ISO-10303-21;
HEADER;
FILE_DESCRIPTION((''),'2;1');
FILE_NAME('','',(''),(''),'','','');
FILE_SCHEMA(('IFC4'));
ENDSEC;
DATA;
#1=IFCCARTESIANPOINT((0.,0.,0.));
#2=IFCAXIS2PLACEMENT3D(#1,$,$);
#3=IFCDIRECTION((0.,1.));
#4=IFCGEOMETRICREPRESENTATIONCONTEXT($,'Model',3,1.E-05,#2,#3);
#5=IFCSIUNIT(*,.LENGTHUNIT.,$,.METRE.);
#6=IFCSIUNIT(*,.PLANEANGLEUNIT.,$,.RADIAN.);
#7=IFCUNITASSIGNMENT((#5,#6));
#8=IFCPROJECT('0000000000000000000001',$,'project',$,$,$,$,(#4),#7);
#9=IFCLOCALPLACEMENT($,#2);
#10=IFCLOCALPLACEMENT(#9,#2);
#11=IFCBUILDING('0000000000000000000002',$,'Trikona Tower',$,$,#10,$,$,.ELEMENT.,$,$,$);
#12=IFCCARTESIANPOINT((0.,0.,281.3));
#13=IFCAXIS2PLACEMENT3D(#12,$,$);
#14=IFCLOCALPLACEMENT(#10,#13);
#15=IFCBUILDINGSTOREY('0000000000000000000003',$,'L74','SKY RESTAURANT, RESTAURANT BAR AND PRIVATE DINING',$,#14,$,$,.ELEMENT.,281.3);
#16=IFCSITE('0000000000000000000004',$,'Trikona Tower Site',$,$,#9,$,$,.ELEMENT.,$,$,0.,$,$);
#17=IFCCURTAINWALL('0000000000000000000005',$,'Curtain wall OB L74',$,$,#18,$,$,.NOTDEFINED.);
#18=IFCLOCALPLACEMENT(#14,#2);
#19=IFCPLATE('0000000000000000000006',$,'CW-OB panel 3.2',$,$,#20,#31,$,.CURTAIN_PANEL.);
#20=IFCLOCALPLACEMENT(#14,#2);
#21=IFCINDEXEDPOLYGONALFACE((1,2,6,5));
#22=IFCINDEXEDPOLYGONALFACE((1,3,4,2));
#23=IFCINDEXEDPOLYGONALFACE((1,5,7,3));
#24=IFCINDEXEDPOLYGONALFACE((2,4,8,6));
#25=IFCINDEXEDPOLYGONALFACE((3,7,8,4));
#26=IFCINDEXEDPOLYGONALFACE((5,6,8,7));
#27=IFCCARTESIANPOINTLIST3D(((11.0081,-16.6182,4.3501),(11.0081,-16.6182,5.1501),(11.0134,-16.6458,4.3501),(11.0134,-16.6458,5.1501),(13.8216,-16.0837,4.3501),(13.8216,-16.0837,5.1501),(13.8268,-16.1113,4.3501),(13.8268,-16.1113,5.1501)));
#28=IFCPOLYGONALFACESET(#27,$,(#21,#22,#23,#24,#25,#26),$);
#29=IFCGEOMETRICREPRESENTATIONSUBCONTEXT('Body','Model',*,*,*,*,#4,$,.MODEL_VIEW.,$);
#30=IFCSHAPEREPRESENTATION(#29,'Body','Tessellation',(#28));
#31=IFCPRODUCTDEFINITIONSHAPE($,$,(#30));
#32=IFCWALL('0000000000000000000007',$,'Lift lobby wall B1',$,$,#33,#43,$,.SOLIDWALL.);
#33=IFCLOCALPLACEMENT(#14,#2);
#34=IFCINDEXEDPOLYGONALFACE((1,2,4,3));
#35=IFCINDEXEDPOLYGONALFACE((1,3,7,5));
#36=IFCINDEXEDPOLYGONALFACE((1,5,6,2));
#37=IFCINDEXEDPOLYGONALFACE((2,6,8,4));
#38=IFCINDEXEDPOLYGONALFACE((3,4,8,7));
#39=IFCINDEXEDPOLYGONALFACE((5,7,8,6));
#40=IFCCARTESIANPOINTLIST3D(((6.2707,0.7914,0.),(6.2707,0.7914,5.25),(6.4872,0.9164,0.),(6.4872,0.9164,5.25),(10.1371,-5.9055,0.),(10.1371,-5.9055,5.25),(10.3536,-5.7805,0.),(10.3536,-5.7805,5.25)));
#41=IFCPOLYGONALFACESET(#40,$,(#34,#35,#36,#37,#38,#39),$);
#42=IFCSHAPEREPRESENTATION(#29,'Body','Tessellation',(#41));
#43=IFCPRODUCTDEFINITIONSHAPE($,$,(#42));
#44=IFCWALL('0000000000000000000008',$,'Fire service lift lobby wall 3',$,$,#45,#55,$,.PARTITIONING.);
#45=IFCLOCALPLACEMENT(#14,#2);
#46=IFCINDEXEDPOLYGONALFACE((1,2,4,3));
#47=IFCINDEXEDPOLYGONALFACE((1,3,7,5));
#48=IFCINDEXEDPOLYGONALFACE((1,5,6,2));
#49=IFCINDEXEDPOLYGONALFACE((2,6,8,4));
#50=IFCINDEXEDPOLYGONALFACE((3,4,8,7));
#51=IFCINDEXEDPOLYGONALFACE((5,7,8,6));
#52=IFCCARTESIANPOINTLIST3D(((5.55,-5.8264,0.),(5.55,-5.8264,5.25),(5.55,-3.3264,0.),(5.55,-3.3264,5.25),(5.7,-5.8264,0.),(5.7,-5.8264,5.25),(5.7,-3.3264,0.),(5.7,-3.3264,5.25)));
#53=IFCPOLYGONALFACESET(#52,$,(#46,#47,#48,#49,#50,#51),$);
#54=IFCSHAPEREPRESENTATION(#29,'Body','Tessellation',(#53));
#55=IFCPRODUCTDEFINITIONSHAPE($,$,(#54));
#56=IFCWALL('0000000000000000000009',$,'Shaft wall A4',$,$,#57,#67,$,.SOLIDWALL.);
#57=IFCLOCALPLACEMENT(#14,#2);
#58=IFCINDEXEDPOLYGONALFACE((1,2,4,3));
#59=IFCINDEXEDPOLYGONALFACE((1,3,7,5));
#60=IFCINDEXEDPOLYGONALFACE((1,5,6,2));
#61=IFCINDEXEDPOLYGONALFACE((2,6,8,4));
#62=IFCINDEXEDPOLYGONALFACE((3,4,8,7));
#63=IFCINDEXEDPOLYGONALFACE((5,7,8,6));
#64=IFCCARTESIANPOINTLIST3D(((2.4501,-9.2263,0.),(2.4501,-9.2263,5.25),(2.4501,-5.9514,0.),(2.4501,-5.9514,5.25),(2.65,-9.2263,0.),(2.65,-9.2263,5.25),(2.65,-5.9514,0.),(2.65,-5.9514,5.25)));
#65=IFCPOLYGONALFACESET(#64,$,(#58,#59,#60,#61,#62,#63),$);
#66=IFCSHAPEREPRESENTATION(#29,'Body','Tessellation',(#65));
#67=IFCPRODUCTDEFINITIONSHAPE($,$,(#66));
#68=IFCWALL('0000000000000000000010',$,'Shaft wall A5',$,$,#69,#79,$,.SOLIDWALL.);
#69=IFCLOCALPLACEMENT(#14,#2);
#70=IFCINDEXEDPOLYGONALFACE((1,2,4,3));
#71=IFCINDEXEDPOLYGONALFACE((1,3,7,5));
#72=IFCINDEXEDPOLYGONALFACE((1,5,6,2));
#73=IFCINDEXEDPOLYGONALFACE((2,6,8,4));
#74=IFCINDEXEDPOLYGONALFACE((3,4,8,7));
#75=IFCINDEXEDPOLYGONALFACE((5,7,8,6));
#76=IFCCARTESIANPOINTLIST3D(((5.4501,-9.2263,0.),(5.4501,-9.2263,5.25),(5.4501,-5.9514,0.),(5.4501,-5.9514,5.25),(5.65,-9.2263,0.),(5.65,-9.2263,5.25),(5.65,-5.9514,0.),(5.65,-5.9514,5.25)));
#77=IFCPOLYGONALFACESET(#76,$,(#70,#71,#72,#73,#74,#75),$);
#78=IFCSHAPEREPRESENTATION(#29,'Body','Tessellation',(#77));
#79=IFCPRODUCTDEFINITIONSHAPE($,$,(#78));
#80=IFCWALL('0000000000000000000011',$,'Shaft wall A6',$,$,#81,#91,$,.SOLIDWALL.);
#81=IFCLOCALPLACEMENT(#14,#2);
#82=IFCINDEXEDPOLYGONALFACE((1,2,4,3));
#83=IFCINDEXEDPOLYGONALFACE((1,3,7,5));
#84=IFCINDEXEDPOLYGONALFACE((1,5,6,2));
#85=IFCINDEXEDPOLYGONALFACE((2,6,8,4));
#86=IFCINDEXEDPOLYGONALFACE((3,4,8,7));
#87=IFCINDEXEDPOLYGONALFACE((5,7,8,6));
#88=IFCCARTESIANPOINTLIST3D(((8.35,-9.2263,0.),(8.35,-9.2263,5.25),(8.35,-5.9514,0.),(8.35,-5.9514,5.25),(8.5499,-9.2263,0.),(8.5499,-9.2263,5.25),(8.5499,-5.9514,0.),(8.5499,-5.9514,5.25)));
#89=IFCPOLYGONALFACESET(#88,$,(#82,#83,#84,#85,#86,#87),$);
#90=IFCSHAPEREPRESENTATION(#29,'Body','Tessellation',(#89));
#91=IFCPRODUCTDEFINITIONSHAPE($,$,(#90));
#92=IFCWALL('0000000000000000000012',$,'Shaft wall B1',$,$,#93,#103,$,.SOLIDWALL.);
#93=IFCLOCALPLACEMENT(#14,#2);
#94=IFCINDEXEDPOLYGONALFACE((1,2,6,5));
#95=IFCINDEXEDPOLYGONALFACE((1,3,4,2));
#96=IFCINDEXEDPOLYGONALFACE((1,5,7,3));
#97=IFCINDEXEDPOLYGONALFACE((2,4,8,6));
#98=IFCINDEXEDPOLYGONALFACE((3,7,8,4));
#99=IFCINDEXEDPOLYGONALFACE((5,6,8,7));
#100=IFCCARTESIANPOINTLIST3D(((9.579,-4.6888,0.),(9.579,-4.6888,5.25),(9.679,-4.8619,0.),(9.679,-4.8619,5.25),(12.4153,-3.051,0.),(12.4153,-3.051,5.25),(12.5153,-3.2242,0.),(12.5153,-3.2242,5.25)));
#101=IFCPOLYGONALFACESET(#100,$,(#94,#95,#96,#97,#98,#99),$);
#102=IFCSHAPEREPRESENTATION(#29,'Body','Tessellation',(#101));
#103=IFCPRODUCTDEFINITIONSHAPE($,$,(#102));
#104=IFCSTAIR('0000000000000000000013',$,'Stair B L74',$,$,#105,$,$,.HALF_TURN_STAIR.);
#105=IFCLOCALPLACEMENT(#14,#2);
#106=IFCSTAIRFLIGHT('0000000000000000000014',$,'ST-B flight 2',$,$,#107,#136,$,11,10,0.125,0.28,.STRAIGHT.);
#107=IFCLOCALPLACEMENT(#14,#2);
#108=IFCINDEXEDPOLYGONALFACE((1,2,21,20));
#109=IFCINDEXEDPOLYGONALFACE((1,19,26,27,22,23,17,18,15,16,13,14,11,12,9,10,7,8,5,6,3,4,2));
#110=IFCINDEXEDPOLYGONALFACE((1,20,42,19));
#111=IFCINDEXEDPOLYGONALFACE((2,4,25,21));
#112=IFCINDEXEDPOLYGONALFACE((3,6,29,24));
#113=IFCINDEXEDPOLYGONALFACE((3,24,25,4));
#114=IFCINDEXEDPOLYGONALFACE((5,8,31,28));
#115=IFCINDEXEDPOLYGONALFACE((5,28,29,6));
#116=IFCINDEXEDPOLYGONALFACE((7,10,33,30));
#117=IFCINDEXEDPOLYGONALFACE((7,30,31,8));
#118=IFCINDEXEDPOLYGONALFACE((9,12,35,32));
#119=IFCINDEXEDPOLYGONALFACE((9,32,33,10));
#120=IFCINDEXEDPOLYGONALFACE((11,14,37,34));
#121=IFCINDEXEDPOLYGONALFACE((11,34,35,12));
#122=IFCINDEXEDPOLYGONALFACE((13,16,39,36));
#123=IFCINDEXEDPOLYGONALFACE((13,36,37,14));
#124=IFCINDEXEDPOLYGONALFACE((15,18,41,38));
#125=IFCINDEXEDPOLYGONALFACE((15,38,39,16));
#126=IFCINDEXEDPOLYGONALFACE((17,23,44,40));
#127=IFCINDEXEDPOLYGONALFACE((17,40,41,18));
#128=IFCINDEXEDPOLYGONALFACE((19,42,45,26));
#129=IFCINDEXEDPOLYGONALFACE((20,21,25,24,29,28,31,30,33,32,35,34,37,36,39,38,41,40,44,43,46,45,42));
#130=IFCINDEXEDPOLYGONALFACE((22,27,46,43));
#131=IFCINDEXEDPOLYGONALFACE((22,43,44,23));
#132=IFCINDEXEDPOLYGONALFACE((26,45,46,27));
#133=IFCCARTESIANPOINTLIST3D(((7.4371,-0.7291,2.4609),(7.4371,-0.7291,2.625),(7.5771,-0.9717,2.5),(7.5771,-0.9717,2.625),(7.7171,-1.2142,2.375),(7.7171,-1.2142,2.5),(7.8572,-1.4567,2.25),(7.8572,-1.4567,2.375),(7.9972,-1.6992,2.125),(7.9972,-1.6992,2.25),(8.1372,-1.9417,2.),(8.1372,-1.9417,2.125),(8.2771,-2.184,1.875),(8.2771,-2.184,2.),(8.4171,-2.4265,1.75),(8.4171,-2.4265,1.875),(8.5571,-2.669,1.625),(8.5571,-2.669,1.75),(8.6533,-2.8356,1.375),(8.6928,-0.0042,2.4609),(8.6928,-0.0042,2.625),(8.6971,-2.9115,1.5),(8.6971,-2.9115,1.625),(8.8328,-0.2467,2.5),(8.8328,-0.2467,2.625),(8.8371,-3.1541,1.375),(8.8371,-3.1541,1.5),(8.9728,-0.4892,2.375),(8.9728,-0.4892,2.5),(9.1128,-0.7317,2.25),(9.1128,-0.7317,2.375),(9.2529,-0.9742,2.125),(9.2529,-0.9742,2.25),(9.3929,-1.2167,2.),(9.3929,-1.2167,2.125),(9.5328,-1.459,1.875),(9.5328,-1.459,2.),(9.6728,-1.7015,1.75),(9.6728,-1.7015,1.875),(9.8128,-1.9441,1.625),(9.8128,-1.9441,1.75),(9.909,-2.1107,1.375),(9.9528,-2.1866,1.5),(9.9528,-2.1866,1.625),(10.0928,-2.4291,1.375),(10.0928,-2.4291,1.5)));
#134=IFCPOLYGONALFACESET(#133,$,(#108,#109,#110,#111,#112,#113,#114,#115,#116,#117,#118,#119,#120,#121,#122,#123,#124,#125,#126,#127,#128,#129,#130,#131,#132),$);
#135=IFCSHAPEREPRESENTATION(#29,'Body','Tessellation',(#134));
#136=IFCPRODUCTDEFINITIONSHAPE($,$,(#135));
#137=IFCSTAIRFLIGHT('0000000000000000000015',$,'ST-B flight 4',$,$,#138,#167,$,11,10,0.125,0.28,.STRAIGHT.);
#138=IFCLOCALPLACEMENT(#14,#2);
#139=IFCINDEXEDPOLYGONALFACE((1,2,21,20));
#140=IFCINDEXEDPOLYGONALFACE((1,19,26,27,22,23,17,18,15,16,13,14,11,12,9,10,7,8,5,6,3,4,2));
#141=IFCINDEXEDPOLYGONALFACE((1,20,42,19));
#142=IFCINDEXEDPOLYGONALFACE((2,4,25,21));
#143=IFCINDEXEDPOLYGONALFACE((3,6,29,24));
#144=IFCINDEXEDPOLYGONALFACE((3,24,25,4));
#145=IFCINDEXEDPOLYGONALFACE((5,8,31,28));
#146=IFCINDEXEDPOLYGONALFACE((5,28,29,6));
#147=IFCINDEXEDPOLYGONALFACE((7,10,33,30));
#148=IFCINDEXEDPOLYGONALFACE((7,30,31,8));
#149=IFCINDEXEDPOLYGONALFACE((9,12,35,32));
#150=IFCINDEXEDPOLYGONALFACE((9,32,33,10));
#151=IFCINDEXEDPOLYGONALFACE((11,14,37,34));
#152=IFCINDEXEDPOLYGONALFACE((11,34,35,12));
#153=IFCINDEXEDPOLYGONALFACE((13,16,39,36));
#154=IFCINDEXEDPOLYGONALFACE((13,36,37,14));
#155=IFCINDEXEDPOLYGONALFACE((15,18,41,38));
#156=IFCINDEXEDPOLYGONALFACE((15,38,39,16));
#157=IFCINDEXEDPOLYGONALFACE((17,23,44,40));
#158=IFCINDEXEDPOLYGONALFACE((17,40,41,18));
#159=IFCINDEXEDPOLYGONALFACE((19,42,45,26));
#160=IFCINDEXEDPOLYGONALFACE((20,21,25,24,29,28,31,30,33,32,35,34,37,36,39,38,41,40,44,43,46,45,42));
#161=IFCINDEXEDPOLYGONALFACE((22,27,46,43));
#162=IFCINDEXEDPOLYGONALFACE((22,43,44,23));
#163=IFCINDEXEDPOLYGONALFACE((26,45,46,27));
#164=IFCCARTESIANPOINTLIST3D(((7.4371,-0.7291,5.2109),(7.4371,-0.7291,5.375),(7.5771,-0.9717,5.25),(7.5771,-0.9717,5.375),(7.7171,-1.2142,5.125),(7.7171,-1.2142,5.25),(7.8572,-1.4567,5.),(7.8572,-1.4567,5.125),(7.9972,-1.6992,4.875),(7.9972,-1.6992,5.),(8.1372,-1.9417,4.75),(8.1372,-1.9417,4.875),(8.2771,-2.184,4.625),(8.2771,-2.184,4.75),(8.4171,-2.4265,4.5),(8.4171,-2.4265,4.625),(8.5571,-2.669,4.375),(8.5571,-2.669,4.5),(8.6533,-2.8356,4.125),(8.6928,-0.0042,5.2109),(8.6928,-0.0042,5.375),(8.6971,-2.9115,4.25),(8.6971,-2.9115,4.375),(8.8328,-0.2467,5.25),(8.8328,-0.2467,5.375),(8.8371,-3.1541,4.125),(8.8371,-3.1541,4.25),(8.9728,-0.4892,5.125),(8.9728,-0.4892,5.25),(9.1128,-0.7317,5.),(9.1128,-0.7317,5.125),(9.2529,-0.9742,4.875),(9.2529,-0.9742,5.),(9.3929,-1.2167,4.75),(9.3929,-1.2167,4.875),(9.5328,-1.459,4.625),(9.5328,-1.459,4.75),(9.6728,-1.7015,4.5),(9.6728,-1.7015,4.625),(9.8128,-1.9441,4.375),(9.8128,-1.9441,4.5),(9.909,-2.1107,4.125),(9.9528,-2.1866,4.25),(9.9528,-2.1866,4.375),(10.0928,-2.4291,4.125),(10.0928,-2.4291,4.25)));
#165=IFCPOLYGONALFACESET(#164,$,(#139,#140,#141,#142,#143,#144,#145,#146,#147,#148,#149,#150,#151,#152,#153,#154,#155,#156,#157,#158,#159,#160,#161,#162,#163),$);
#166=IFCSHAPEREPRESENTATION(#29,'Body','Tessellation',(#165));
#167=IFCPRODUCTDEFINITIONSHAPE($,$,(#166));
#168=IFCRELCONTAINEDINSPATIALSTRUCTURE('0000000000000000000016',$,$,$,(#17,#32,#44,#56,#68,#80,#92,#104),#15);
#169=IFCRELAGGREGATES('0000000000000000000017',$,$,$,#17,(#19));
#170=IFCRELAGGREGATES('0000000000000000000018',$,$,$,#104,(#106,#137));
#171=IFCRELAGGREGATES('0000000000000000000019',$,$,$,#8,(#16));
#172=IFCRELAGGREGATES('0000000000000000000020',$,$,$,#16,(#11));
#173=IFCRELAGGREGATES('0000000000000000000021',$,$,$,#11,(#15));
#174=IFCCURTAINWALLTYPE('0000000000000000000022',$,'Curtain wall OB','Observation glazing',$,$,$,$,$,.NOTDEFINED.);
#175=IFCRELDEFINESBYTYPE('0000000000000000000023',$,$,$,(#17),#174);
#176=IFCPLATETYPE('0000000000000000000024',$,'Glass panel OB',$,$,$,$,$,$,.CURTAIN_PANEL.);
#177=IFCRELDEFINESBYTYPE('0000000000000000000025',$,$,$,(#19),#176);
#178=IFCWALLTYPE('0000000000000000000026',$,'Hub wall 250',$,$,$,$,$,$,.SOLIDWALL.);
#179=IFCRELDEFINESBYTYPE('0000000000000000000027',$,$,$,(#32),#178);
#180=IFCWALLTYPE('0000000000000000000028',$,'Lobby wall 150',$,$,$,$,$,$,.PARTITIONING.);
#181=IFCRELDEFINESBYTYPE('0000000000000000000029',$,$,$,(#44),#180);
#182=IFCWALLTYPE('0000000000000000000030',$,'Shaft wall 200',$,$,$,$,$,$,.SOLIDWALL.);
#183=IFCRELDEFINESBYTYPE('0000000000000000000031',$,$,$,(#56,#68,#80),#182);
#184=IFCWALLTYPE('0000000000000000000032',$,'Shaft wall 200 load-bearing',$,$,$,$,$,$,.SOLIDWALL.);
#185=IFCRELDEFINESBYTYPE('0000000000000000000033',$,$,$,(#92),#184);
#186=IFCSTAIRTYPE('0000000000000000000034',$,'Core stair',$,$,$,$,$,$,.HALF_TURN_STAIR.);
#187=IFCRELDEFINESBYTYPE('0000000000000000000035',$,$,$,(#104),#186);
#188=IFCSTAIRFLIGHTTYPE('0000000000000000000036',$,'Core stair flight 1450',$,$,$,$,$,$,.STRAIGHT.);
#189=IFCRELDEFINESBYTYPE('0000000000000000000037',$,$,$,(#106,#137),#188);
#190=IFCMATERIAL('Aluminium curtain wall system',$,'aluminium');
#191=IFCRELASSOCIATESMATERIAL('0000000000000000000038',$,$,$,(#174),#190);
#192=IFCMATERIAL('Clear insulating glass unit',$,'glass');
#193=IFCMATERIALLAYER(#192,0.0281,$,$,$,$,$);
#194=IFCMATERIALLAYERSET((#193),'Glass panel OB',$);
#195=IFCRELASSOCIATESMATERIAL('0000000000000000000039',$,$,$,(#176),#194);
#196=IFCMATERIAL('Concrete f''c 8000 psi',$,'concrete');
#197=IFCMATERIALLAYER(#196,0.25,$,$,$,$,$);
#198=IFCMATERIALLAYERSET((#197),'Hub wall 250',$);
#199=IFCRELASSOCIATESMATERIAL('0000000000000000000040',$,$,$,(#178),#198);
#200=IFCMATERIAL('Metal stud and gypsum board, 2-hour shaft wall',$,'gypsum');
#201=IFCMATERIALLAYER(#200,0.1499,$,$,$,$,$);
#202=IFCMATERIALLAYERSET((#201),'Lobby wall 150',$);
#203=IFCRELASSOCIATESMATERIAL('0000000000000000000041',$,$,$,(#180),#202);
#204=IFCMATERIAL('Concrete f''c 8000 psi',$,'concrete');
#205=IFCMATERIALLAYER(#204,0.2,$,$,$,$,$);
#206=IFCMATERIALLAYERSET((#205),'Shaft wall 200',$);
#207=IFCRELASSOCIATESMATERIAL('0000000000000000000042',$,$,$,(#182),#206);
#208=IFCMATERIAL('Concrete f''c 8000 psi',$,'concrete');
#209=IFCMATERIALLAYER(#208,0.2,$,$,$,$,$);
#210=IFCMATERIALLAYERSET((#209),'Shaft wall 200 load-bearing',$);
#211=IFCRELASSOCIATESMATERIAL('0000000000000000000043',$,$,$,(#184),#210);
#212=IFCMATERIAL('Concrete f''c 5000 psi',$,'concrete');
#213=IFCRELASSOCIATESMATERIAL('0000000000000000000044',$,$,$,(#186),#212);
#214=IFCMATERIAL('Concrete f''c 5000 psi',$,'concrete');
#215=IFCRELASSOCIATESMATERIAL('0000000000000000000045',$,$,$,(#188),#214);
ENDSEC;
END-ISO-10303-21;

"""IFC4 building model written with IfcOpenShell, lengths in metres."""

from ifc_helpers import new_model, si_unit, direction, frame, frame_2d, origin, origin_2d, place, context, subcontext, project, spatial, polyline, rectangle, outline, extrude, material, layer, layer_set, type_object, element, aggregate, save


model = new_model("IFC4")

# Units and contexts
model_context = context("Model", 3, precision=1e-05, world=origin(), true_north=direction((0.0, 1.0)))
body_context = subcontext(model_context, "Body", "Model", "MODEL_VIEW")
ifc_project = project(units=[si_unit("LENGTHUNIT", "METRE"), si_unit("PLANEANGLEUNIT", "RADIAN")], contexts=[model_context])

# Site, building, storey
site_placement = place(None, origin())
site = spatial("IfcSite", under=ifc_project, at=site_placement, Name="Trikona Tower Site", CompositionType="ELEMENT", RefElevation=0.0)
building_placement = place(site_placement, origin())
building = spatial("IfcBuilding", under=site, at=building_placement, Name="Trikona Tower", CompositionType="ELEMENT")
storey_placement = place(building_placement, frame((0.0, 0.0, 281.3)))
storey = spatial("IfcBuildingStorey", under=building, at=storey_placement, Name="L74", Description="SKY RESTAURANT, RESTAURANT BAR AND PRIVATE DINING", CompositionType="ELEMENT", Elevation=281.3)

# Curtain wall
ifc_material_1 = material(Name="Aluminium curtain wall system", Category="aluminium")
curtain_wall_type = type_object("IfcCurtainWallType", Name="Curtain wall OB", Description="Observation glazing", PredefinedType="NOTDEFINED", material=ifc_material_1)
curtain_wall_1_placement = place(storey_placement, origin())
curtain_wall_1 = element("IfcCurtainWall", 1, at=curtain_wall_1_placement, inside=storey, type_object=curtain_wall_type, Name="Curtain wall OB L74", PredefinedType="NOTDEFINED")

# Plate
ifc_material_2 = material(Name="Clear insulating glass unit", Category="glass")
ifc_layer_1 = layer(ifc_material_2, 0.0281)
ifc_layer_set_1 = layer_set([ifc_layer_1], Name="Glass panel OB")
plate_type = type_object("IfcPlateType", Name="Glass panel OB", PredefinedType="CURTAIN_PANEL", material=ifc_layer_set_1)
plate_1_placement = place(storey_placement, frame((12.4175, -16.3647, 4.3501), z_axis=(0.0, 0.0, 1.0), x_axis=(0.982424, 0.186661, 0.0)))
plate_1 = element("IfcPlate", 2, at=plate_1_placement, type_object=plate_type, Name="CW-OB panel 3.2", PredefinedType="CURTAIN_PANEL", context=body_context, shape_type="SweptSolid", body=[
    extrude(rectangle(XDim=2.8638, YDim=0.0281, at=origin_2d()), origin(), (0.0, 0.0, 1.0), 0.8),
])
aggregate(curtain_wall_1, [plate_1])

# Walls
ifc_material_3 = material(Name="Concrete f'c 8000 psi", Category="concrete")
ifc_layer_2 = layer(ifc_material_3, 0.25)
ifc_layer_set_2 = layer_set([ifc_layer_2], Name="Hub wall 250")
wall_type_1 = type_object("IfcWallType", Name="Hub wall 250", PredefinedType="SOLIDWALL", material=ifc_layer_set_2)
wall_1_placement = place(storey_placement, frame((10.2454, -5.843, 0.0), z_axis=(0.0, 0.0, 1.0), x_axis=(-0.499993, 0.866029, 0.0)))
element("IfcWall", 3, at=wall_1_placement, inside=storey, type_object=wall_type_1, Name="Lift lobby wall B1", PredefinedType="SOLIDWALL", context=body_context, shape_type="SweptSolid", body=[
    extrude(rectangle(XDim=7.7329, YDim=0.25, at=frame_2d((3.8665, 0.0))), origin(), (0.0, 0.0, 1.0), 5.25),
])
ifc_material_4 = material(Name="Metal stud and gypsum board, 2-hour shaft wall", Category="gypsum")
ifc_layer_3 = layer(ifc_material_4, 0.1499)
ifc_layer_set_3 = layer_set([ifc_layer_3], Name="Lobby wall 150")
wall_type_2 = type_object("IfcWallType", Name="Lobby wall 150", PredefinedType="PARTITIONING", material=ifc_layer_set_3)
wall_2_placement = place(storey_placement, frame((5.625, -5.8264, 0.0), z_axis=(0.0, 0.0, 1.0), x_axis=(0.0, 1.0, 0.0)))
element("IfcWall", 4, at=wall_2_placement, inside=storey, type_object=wall_type_2, Name="Fire service lift lobby wall 3", PredefinedType="PARTITIONING", context=body_context, shape_type="SweptSolid", body=[
    extrude(rectangle(XDim=2.5, YDim=0.1499, at=frame_2d((1.25, 0.0))), origin(), (0.0, 0.0, 1.0), 5.25),
])
ifc_material_5 = material(Name="Concrete f'c 8000 psi", Category="concrete")
ifc_layer_4 = layer(ifc_material_5, 0.2)
ifc_layer_set_4 = layer_set([ifc_layer_4], Name="Shaft wall 200")
wall_type_3 = type_object("IfcWallType", Name="Shaft wall 200", PredefinedType="SOLIDWALL", material=ifc_layer_set_4)
for number, where, z_axis, x_axis, name in (
    (5, (2.55, -5.9514, 0.0), (0.0, 0.0, 1.0), (0.0, -1.0, 0.0), "Shaft wall A4"),
    (6, (5.55, -5.9514, 0.0), (0.0, 0.0, 1.0), (0.0, -1.0, 0.0), "Shaft wall A5"),
    (7, (8.45, -5.9514, 0.0), (0.0, 0.0, 1.0), (0.0, -1.0, 0.0), "Shaft wall A6"),
):
    element("IfcWall", number, at=place(storey_placement, frame(where, z_axis=z_axis, x_axis=x_axis)), inside=storey, type_object=wall_type_3, Name=name, PredefinedType="SOLIDWALL", context=body_context, shape_type="SweptSolid", body=[
        extrude(rectangle(XDim=3.2749, YDim=0.2, at=frame_2d((1.6375, 0.0))), origin(), (0.0, 0.0, 1.0), 5.25),
    ])
ifc_material_6 = material(Name="Concrete f'c 8000 psi", Category="concrete")
ifc_layer_5 = layer(ifc_material_6, 0.2)
ifc_layer_set_5 = layer_set([ifc_layer_5], Name="Shaft wall 200 load-bearing")
wall_type_4 = type_object("IfcWallType", Name="Shaft wall 200 load-bearing", PredefinedType="SOLIDWALL", material=ifc_layer_set_5)
wall_3_placement = place(storey_placement, frame((9.6289, -4.7754, 0.0), z_axis=(0.0, 0.0, 1.0), x_axis=(0.865996, 0.500052, 0.0)))
element("IfcWall", 8, at=wall_3_placement, inside=storey, type_object=wall_type_4, Name="Shaft wall B1", PredefinedType="SOLIDWALL", context=body_context, shape_type="SweptSolid", body=[
    extrude(rectangle(XDim=3.2751, YDim=0.2, at=frame_2d((1.6377, 0.0))), origin(), (0.0, 0.0, 1.0), 5.25),
])

# Stair, stair flights
ifc_material_7 = material(Name="Concrete f'c 5000 psi", Category="concrete")
stair_type = type_object("IfcStairType", Name="Core stair", PredefinedType="HALF_TURN_STAIR", material=ifc_material_7)
stair_placement = place(storey_placement, origin())
stair = element("IfcStair", 9, at=stair_placement, inside=storey, type_object=stair_type, Name="Stair B L74", PredefinedType="HALF_TURN_STAIR")
ifc_material_8 = material(Name="Concrete f'c 5000 psi", Category="concrete")
stair_flight_type = type_object("IfcStairFlightType", Name="Core stair flight 1450", PredefinedType="STRAIGHT", material=ifc_material_8)
stair_flight_1_placement = place(storey_placement, frame((9.4651, -2.7915, 1.375), z_axis=(0.0, 0.0, 1.0), x_axis=(-0.5, 0.866025, 0.0)))
stair_flight_1 = element("IfcStairFlight", 10, at=stair_flight_1_placement, type_object=stair_flight_type, Name="ST-B flight 2", NumberOfRisers=11, NumberOfTreads=10, PredefinedType="STRAIGHT", RiserHeight=0.125, TreadLength=0.28, context=body_context, shape_type="SweptSolid", body=[
    extrude(outline(polyline([(0.0, 0.0), (0.0, 0.125), (0.28, 0.125), (0.28, 0.25), (0.5601, 0.25), (0.5601, 0.375), (0.8401, 0.375), (0.8401, 0.5), (1.1201, 0.5), (1.1201, 0.625), (1.3999, 0.625), (1.3999, 0.75), (1.6799, 0.75), (1.6799, 0.875), (1.96, 0.875), (1.96, 1.0), (2.24, 1.0), (2.24, 1.125), (2.52, 1.125), (2.52, 1.25), (2.8, 1.25), (2.8, 1.375), (2.8, 1.0859), (0.3677, 0.0), (0.0, 0.0)])), frame((0.0, 0.7251, 0.0), z_axis=(0.0, -1.0, 0.0), x_axis=(1.0, 0.0, 0.0)), (0.0, 0.0, 1.0), 1.45),
])
stair_flight_2_placement = place(storey_placement, frame((9.4651, -2.7915, 4.125), z_axis=(0.0, 0.0, 1.0), x_axis=(-0.5, 0.866025, 0.0)))
stair_flight_2 = element("IfcStairFlight", 11, at=stair_flight_2_placement, type_object=stair_flight_type, Name="ST-B flight 4", NumberOfRisers=11, NumberOfTreads=10, PredefinedType="STRAIGHT", RiserHeight=0.125, TreadLength=0.28, context=body_context, shape_type="SweptSolid", body=[
    extrude(outline(polyline([(0.0, 0.0), (0.0, 0.125), (0.28, 0.125), (0.28, 0.25), (0.5601, 0.25), (0.5601, 0.375), (0.8401, 0.375), (0.8401, 0.5), (1.1201, 0.5), (1.1201, 0.625), (1.3999, 0.625), (1.3999, 0.75), (1.6799, 0.75), (1.6799, 0.875), (1.96, 0.875), (1.96, 1.0), (2.24, 1.0), (2.24, 1.125), (2.52, 1.125), (2.52, 1.25), (2.8, 1.25), (2.8, 1.375), (2.8, 1.0859), (0.3677, 0.0), (0.0, 0.0)])), frame((0.0, 0.7251, 0.0), z_axis=(0.0, -1.0, 0.0), x_axis=(1.0, 0.0, 0.0)), (0.0, 0.0, 1.0), 1.45),
])
aggregate(stair, [stair_flight_1, stair_flight_2])

save(model, "model.ifc")
